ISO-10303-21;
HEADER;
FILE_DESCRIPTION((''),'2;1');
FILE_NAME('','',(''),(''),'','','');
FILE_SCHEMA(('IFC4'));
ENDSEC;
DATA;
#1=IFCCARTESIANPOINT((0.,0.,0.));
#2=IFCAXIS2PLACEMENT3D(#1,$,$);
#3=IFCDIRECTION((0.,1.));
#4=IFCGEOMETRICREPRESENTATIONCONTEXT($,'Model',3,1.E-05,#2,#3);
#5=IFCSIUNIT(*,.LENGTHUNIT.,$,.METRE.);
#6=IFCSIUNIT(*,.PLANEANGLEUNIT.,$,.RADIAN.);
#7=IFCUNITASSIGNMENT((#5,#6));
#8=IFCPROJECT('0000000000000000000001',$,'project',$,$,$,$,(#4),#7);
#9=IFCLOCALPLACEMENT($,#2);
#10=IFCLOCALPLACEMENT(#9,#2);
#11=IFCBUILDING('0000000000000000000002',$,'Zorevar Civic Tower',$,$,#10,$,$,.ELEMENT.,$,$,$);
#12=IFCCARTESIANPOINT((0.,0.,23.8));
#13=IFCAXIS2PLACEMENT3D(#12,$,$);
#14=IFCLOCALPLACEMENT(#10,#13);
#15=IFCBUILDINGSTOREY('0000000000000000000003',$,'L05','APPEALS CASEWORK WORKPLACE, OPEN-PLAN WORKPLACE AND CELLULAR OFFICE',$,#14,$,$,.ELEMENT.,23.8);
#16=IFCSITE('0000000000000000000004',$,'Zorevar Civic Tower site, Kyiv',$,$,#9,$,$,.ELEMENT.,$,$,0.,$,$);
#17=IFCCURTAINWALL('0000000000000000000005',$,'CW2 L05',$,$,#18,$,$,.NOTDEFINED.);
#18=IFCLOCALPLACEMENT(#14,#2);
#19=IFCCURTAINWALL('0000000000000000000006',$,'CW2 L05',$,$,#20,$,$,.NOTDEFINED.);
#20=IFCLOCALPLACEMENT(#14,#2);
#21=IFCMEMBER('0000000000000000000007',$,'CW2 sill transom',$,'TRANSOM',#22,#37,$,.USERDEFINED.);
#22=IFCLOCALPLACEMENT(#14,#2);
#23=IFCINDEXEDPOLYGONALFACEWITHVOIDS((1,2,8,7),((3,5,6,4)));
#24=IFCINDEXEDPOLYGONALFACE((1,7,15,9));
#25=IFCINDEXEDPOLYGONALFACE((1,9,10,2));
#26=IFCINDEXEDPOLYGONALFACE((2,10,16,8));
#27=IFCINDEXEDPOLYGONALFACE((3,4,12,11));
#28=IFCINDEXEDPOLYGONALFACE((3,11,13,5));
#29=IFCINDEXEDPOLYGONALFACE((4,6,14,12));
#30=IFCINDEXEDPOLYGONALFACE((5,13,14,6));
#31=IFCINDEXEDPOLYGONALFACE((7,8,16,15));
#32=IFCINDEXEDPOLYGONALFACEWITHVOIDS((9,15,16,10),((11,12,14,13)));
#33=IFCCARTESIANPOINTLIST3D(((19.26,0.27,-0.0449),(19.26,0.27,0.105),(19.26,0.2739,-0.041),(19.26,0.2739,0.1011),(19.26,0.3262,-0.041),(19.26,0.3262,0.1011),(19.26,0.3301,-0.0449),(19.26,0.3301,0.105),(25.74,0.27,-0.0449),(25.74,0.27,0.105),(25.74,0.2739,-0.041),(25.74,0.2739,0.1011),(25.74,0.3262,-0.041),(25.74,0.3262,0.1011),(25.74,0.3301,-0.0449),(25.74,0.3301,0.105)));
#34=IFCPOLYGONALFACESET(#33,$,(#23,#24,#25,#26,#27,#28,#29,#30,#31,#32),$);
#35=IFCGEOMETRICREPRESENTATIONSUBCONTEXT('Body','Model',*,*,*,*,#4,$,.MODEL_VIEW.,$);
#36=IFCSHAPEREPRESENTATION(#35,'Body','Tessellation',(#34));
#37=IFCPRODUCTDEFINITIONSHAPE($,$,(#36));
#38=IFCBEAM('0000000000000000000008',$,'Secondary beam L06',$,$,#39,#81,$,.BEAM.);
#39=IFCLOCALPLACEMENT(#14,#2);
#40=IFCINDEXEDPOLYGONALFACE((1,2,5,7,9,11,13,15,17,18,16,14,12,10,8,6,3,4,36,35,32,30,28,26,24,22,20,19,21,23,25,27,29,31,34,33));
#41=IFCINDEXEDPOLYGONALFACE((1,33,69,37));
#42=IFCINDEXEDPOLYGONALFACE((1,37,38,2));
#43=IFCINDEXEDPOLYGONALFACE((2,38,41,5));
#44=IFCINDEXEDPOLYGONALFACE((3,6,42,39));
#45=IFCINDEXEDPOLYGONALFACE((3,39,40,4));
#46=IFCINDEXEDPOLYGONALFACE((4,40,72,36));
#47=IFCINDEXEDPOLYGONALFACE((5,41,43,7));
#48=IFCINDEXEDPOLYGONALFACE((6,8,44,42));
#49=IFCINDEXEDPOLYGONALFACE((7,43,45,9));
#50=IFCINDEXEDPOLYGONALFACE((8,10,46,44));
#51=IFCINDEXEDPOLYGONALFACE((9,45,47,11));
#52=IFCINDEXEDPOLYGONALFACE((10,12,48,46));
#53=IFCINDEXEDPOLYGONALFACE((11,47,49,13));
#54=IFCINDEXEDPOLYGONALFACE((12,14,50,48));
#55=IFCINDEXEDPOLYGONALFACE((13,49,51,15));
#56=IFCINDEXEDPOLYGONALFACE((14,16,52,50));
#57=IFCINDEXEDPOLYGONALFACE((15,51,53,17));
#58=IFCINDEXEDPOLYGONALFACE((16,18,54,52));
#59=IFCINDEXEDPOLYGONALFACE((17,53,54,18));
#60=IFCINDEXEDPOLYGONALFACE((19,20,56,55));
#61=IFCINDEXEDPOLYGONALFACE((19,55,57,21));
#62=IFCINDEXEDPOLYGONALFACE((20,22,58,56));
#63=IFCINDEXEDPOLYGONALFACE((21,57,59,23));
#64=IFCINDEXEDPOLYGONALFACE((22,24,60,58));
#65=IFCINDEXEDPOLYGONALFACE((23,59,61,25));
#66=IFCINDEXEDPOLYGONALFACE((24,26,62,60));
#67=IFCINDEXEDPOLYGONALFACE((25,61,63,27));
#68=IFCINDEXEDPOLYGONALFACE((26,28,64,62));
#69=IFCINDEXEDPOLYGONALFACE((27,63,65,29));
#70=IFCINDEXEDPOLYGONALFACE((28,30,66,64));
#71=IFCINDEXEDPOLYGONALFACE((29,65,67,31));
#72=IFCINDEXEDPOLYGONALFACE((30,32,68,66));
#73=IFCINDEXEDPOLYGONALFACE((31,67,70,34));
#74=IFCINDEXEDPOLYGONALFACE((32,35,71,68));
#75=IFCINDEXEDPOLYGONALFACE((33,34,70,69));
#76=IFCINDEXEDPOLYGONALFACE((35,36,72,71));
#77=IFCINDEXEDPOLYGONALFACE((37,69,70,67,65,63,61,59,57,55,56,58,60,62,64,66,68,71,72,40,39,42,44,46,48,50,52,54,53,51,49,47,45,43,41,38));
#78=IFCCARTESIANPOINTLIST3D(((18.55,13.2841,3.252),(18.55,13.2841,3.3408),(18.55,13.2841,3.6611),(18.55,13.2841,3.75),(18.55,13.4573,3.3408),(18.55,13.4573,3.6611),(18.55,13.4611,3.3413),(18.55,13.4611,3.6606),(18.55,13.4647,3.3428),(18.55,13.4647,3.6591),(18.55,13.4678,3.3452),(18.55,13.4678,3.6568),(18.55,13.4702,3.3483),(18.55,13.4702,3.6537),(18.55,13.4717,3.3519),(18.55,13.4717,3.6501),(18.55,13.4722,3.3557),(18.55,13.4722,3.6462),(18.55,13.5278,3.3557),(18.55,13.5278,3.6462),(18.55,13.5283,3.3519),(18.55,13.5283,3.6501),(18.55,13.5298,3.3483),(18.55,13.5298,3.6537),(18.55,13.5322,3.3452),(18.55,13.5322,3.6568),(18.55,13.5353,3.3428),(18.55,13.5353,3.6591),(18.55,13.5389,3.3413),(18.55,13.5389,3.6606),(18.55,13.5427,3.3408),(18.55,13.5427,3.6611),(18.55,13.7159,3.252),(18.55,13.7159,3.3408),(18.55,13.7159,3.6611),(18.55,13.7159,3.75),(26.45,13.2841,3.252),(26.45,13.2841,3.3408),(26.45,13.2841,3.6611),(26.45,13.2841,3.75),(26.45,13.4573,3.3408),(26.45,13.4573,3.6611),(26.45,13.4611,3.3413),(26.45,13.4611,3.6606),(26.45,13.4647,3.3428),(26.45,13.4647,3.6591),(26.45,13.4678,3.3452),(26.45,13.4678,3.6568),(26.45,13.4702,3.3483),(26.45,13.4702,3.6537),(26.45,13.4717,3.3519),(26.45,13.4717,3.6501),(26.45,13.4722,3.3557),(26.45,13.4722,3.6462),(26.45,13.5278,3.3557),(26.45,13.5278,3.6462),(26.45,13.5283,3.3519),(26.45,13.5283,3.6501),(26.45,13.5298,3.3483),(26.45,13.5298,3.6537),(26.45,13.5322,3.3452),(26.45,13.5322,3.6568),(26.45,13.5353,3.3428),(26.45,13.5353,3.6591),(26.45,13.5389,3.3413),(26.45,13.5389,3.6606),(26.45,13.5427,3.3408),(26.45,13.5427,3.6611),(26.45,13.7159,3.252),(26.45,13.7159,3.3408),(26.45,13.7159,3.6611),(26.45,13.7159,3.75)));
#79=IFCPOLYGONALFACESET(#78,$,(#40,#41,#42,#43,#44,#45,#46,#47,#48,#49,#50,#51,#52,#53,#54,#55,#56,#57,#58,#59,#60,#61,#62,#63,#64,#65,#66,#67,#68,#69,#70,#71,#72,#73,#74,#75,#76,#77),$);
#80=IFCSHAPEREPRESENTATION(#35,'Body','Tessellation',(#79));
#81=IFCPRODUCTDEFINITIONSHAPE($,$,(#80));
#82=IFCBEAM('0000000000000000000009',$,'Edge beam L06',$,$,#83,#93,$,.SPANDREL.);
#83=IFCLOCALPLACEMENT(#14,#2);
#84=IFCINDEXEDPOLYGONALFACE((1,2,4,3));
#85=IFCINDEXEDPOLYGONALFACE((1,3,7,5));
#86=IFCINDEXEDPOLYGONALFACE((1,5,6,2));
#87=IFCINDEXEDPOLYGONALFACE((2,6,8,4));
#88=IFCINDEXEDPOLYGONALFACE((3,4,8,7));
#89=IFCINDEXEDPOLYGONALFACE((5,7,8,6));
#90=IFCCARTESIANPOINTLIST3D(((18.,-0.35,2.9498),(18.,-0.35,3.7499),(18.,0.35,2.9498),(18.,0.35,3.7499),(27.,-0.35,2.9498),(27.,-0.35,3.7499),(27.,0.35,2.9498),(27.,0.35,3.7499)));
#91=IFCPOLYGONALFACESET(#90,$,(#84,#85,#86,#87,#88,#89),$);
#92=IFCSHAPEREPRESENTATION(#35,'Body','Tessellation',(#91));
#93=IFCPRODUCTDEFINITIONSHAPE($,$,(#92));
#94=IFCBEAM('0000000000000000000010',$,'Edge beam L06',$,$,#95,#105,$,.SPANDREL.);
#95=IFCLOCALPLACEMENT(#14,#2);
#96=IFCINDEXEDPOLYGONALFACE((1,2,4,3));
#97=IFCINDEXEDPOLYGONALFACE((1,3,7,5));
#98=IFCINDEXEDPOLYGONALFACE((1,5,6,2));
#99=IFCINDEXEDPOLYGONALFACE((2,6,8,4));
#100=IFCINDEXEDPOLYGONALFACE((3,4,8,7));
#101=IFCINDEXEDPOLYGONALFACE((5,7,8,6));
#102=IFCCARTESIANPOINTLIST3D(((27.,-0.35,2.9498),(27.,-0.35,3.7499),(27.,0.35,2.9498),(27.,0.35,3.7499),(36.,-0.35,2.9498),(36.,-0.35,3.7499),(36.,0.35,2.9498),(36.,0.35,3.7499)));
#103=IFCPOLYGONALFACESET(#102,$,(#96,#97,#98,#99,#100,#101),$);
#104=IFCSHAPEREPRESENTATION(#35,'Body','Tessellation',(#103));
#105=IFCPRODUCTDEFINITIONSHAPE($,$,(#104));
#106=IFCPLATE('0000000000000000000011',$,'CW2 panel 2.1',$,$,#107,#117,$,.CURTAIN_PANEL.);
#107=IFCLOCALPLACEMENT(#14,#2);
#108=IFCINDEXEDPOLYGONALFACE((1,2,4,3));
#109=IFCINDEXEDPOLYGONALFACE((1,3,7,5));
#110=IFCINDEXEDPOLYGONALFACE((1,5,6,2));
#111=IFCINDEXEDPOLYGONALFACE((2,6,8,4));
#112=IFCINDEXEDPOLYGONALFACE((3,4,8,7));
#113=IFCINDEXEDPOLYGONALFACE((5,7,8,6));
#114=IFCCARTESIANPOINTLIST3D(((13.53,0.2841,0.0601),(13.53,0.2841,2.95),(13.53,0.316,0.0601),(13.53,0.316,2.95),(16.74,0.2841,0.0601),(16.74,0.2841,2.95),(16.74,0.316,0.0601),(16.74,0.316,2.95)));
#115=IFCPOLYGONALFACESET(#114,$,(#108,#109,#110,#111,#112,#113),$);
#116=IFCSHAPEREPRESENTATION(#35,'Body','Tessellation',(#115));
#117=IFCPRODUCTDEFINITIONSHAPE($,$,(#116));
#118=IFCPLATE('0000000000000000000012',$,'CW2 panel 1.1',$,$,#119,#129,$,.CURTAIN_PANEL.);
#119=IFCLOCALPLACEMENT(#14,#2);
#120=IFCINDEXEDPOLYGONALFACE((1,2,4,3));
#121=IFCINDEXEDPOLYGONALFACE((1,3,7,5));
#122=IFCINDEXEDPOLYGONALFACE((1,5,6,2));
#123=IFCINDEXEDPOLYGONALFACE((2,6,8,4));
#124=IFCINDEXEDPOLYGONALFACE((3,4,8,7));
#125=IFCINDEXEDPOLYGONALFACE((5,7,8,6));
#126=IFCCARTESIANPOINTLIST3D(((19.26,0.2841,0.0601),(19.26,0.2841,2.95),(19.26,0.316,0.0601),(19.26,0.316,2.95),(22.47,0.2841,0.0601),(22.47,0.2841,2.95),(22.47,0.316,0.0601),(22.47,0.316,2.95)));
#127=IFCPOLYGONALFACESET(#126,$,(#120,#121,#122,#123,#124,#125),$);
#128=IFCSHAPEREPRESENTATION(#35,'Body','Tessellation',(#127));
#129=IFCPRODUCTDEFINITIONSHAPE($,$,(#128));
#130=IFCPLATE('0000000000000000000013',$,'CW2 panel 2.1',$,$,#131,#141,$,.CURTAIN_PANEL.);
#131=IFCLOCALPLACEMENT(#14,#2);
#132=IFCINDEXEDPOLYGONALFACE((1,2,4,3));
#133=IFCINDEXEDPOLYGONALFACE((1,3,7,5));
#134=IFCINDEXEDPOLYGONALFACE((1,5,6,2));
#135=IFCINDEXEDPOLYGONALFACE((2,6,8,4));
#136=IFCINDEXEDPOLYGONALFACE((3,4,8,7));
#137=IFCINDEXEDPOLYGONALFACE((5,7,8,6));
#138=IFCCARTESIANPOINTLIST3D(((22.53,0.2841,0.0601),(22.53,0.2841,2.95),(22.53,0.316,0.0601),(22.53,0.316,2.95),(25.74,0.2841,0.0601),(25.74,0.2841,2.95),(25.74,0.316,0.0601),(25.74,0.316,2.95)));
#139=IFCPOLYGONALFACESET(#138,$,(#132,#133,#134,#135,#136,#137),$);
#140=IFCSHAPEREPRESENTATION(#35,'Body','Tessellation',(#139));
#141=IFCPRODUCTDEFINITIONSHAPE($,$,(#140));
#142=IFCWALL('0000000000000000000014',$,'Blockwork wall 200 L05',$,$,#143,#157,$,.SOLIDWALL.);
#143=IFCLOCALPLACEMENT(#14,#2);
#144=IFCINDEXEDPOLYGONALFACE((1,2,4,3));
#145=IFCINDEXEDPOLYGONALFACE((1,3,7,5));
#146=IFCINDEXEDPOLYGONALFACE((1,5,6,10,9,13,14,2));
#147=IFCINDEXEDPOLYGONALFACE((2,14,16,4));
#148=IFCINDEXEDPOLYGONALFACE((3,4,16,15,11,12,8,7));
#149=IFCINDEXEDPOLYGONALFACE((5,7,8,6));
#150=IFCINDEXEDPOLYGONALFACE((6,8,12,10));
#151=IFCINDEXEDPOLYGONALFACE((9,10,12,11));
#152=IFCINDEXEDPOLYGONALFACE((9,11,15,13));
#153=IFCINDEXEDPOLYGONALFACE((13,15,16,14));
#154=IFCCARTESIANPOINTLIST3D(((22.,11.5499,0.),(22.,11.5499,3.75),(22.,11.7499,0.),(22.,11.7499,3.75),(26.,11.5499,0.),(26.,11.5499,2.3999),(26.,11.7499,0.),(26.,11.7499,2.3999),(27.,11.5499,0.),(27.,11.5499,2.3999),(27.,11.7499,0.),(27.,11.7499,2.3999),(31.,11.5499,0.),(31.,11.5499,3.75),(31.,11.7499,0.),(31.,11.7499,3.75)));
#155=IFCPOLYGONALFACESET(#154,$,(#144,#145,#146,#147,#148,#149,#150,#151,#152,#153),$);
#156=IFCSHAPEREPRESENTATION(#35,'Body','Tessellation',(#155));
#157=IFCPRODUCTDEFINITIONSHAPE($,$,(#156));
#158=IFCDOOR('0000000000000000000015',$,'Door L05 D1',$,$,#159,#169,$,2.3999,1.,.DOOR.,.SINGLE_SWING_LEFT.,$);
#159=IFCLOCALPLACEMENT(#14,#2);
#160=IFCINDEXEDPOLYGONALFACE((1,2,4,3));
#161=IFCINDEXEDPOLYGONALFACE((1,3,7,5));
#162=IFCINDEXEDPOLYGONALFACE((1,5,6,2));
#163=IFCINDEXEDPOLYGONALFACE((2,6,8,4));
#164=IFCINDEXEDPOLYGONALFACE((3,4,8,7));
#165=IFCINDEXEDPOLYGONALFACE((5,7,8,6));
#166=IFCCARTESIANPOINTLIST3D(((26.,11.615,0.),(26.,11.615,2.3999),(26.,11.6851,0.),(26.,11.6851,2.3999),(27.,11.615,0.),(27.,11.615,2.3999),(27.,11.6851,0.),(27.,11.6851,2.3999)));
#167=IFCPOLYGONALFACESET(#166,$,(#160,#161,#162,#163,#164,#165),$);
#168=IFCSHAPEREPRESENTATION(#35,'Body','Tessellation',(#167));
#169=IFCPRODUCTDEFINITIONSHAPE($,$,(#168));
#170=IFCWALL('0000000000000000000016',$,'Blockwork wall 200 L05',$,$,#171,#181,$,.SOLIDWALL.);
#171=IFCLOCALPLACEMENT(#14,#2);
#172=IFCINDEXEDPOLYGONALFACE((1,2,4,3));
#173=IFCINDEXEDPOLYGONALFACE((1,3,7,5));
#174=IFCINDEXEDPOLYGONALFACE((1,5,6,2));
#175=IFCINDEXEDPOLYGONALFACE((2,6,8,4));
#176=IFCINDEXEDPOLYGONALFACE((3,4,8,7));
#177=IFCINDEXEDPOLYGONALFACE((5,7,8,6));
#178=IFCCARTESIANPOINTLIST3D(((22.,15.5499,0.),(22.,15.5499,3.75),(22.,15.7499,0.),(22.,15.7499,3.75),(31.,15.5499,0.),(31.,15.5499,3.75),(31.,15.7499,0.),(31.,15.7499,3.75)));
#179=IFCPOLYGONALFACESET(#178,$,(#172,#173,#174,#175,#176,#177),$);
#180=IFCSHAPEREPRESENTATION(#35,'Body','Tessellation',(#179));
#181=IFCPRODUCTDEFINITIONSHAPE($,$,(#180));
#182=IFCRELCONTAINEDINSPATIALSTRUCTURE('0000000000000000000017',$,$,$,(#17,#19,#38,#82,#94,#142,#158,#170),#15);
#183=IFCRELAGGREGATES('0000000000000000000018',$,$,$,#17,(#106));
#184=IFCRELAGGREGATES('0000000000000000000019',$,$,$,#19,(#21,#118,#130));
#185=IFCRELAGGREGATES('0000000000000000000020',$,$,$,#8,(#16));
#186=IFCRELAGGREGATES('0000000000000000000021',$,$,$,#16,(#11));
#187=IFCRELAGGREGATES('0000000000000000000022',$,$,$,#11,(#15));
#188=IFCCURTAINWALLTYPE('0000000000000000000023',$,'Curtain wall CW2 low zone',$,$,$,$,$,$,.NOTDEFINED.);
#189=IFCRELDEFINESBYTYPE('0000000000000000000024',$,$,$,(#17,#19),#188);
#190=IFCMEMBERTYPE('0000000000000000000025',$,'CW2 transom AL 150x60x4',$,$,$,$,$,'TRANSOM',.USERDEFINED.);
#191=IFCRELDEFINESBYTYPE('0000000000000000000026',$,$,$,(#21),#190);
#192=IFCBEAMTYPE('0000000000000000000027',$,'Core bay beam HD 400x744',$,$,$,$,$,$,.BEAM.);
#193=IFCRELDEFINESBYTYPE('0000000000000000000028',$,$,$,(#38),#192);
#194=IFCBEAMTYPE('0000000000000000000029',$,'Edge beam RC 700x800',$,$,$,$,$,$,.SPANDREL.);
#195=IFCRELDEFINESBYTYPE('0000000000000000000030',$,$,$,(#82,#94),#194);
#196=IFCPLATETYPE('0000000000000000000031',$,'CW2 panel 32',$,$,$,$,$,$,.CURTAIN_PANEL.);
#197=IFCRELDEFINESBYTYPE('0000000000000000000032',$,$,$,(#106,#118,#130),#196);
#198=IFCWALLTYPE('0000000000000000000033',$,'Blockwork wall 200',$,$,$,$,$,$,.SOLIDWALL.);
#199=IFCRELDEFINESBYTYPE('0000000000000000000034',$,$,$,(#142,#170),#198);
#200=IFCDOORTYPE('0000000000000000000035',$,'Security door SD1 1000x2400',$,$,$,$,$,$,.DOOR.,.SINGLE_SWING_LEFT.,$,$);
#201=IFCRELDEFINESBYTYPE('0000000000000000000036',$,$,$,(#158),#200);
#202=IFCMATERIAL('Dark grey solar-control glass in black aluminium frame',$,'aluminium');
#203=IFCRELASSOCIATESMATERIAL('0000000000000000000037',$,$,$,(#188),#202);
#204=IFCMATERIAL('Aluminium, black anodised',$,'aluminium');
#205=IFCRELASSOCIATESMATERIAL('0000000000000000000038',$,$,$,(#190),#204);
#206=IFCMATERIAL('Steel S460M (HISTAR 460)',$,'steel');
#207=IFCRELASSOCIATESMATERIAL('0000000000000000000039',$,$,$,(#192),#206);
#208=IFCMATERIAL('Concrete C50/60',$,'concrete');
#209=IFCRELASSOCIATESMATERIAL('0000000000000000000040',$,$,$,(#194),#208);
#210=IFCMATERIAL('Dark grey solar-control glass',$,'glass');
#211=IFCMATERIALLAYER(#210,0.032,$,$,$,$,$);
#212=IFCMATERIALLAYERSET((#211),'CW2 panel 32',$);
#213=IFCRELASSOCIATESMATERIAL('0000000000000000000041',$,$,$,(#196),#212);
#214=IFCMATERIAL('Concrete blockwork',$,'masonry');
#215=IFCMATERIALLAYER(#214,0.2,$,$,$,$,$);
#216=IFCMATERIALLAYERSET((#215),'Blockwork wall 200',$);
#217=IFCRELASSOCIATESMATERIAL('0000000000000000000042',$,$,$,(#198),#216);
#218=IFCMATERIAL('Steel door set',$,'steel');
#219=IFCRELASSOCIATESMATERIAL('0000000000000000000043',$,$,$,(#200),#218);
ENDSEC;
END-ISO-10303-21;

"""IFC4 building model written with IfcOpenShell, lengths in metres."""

from ifc_helpers import new_model, si_unit, direction, frame, frame_2d, origin, origin_2d, place, context, subcontext, project, spatial, rectangle, hollow_rectangle, i_section, extrude, material, layer, layer_set, material_profile, profile_set, type_object, element, fill, aggregate, save


model = new_model("IFC4")

# Units and contexts
model_context = context("Model", 3, precision=1e-05, world=origin(), true_north=direction((0.0, 1.0)))
body_context = subcontext(model_context, "Body", "Model", "MODEL_VIEW")
ifc_project = project(units=[si_unit("LENGTHUNIT", "METRE"), si_unit("PLANEANGLEUNIT", "RADIAN")], contexts=[model_context])

# Site, building, storey
site_placement = place(None, origin())
site = spatial("IfcSite", under=ifc_project, at=site_placement, Name="Zorevar Civic Tower site, Kyiv", CompositionType="ELEMENT", RefElevation=0.0)
building_placement = place(site_placement, origin())
building = spatial("IfcBuilding", under=site, at=building_placement, Name="Zorevar Civic Tower", CompositionType="ELEMENT")
storey_placement = place(building_placement, frame((0.0, 0.0, 23.8)))
storey = spatial("IfcBuildingStorey", under=building, at=storey_placement, Name="L05", Description="APPEALS CASEWORK WORKPLACE, OPEN-PLAN WORKPLACE AND CELLULAR OFFICE", CompositionType="ELEMENT", Elevation=23.8)

# Curtain wall
ifc_material_1 = material(Name="Dark grey solar-control glass in black aluminium frame", Category="aluminium")
curtain_wall_type = type_object("IfcCurtainWallType", Name="Curtain wall CW2 low zone", PredefinedType="NOTDEFINED", material=ifc_material_1)
curtain_wall_1_placement = place(storey_placement, origin())
curtain_wall_1 = element("IfcCurtainWall", 1, at=curtain_wall_1_placement, inside=storey, type_object=curtain_wall_type, Name="CW2 L05", PredefinedType="NOTDEFINED")

# Curtain wall, member
curtain_wall_2_placement = place(storey_placement, origin())
curtain_wall_2 = element("IfcCurtainWall", 2, at=curtain_wall_2_placement, inside=storey, type_object=curtain_wall_type, Name="CW2 L05", PredefinedType="NOTDEFINED")
ifc_material_2 = material(Name="Aluminium, black anodised", Category="aluminium")
ifc_material_profile_1 = material_profile(ifc_material_2, hollow_rectangle(XDim=0.0601, YDim=0.1499, WallThickness=0.0039, at=origin_2d()), Name="AL 150x60x4")
ifc_profile_set_1 = profile_set([ifc_material_profile_1], Name="Aluminium, black anodised")
member_type_1 = type_object("IfcMemberType", Name="CW2 transom AL 150x60x4", ElementType="TRANSOM", PredefinedType="USERDEFINED", material=ifc_profile_set_1)
member_1_placement = place(storey_placement, frame((19.26, 0.3, 0.03), z_axis=(1.0, 0.0, 0.0), x_axis=(0.0, 1.0, 0.0)))
member_1 = element("IfcMember", 3, at=member_1_placement, type_object=member_type_1, Name="CW2 sill transom", ObjectType="TRANSOM", PredefinedType="USERDEFINED", context=body_context, shape_type="SweptSolid", body=[
    extrude(hollow_rectangle(XDim=0.0601, YDim=0.1499, WallThickness=0.0039, at=origin_2d()), origin(), (0.0, 0.0, 1.0), 6.48),
])

# Beams
ifc_material_3 = material(Name="Steel S460M (HISTAR 460)", Category="steel")
ifc_material_profile_2 = material_profile(ifc_material_3, i_section(OverallWidth=0.4319, OverallDepth=0.498, WebThickness=0.0557, FlangeThickness=0.0889, FilletRadius=0.0149, at=origin_2d()), Name="HD 400x744")
ifc_profile_set_2 = profile_set([ifc_material_profile_2], Name="Steel S460M (HISTAR 460)")
beam_type_1 = type_object("IfcBeamType", Name="Core bay beam HD 400x744", PredefinedType="BEAM", material=ifc_profile_set_2)
beam_1_placement = place(storey_placement, frame((18.55, 13.5, 3.501), z_axis=(1.0, 0.0, 0.0), x_axis=(0.0, 1.0, 0.0)))
element("IfcBeam", 4, at=beam_1_placement, inside=storey, type_object=beam_type_1, Name="Secondary beam L06", PredefinedType="BEAM", context=body_context, shape_type="SweptSolid", body=[
    extrude(i_section(OverallWidth=0.4319, OverallDepth=0.498, WebThickness=0.0557, FlangeThickness=0.0889, FilletRadius=0.0149, at=origin_2d()), origin(), (0.0, 0.0, 1.0), 7.8999),
])
ifc_material_4 = material(Name="Concrete C50/60", Category="concrete")
ifc_material_profile_3 = material_profile(ifc_material_4, rectangle(XDim=0.7, YDim=0.8, at=origin_2d()), Name="RC 700x800")
ifc_profile_set_3 = profile_set([ifc_material_profile_3], Name="Concrete C50/60")
beam_type_2 = type_object("IfcBeamType", Name="Edge beam RC 700x800", PredefinedType="SPANDREL", material=ifc_profile_set_3)
for number, where, z_axis, x_axis, name in (
    (5, (18.0, 0.0, 3.3499), (1.0, 0.0, 0.0), (0.0, 1.0, 0.0), "Edge beam L06"),
    (6, (27.0, 0.0, 3.3499), (1.0, 0.0, 0.0), (0.0, 1.0, 0.0), "Edge beam L06"),
):
    element("IfcBeam", number, at=place(storey_placement, frame(where, z_axis=z_axis, x_axis=x_axis)), inside=storey, type_object=beam_type_2, Name=name, PredefinedType="SPANDREL", context=body_context, shape_type="SweptSolid", body=[
        extrude(rectangle(XDim=0.7, YDim=0.8, at=origin_2d()), origin(), (0.0, 0.0, 1.0), 9.0),
    ])

# Plates
ifc_material_5 = material(Name="Dark grey solar-control glass", Category="glass")
ifc_layer_1 = layer(ifc_material_5, 0.032)
ifc_layer_set_1 = layer_set([ifc_layer_1], Name="CW2 panel 32")
plate_type = type_object("IfcPlateType", Name="CW2 panel 32", PredefinedType="CURTAIN_PANEL", material=ifc_layer_set_1)
plate_1_placement = place(storey_placement, frame((15.135, 0.3, 0.0601), z_axis=(0.0, 0.0, 1.0), x_axis=(1.0, 0.0, 0.0)))
plate_1 = element("IfcPlate", 7, at=plate_1_placement, type_object=plate_type, Name="CW2 panel 2.1", PredefinedType="CURTAIN_PANEL", context=body_context, shape_type="SweptSolid", body=[
    extrude(rectangle(XDim=3.21, YDim=0.032, at=origin_2d()), origin(), (0.0, 0.0, 1.0), 2.8899),
])
aggregate(curtain_wall_1, [plate_1])
plate_2_placement = place(storey_placement, frame((20.865, 0.3, 0.0601), z_axis=(0.0, 0.0, 1.0), x_axis=(1.0, 0.0, 0.0)))
plate_2 = element("IfcPlate", 8, at=plate_2_placement, type_object=plate_type, Name="CW2 panel 1.1", PredefinedType="CURTAIN_PANEL", context=body_context, shape_type="SweptSolid", body=[
    extrude(rectangle(XDim=3.21, YDim=0.032, at=origin_2d()), origin(), (0.0, 0.0, 1.0), 2.8899),
])
plate_3_placement = place(storey_placement, frame((24.135, 0.3, 0.0601), z_axis=(0.0, 0.0, 1.0), x_axis=(1.0, 0.0, 0.0)))
plate_3 = element("IfcPlate", 9, at=plate_3_placement, type_object=plate_type, Name="CW2 panel 2.1", PredefinedType="CURTAIN_PANEL", context=body_context, shape_type="SweptSolid", body=[
    extrude(rectangle(XDim=3.21, YDim=0.032, at=origin_2d()), origin(), (0.0, 0.0, 1.0), 2.8899),
])
aggregate(curtain_wall_2, [member_1, plate_2, plate_3])

# Wall, opening, door
ifc_material_6 = material(Name="Concrete blockwork", Category="masonry")
ifc_layer_2 = layer(ifc_material_6, 0.2)
ifc_layer_set_2 = layer_set([ifc_layer_2], Name="Blockwork wall 200")
wall_type_1 = type_object("IfcWallType", Name="Blockwork wall 200", PredefinedType="SOLIDWALL", material=ifc_layer_set_2)
wall_1_placement = place(storey_placement, frame((22.0, 11.6499, 0.0), z_axis=(0.0, 0.0, 1.0), x_axis=(1.0, 0.0, 0.0)))
wall_1 = element("IfcWall", 10, at=wall_1_placement, inside=storey, type_object=wall_type_1, Name="Blockwork wall 200 L05", PredefinedType="SOLIDWALL", context=body_context, shape_type="SweptSolid", body=[
    extrude(rectangle(XDim=9.0, YDim=0.2, at=frame_2d((4.5, 0.0))), origin(), (0.0, 0.0, 1.0), 3.75),
])
opening_1_placement = place(wall_1_placement, frame((4.0, 0.0, 0.0)))
opening_1 = element("IfcOpeningElement", 11, at=opening_1_placement, cuts=wall_1, PredefinedType="OPENING", context=body_context, shape_type="SweptSolid", body=[
    extrude(rectangle(XDim=1.0, YDim=2.3999, at=frame_2d((0.5, 1.2))), frame((0.0, 0.1099, 0.0), z_axis=(0.0, -1.0, 0.0), x_axis=(1.0, 0.0, 0.0)), (0.0, 0.0, 1.0), 0.22),
])
ifc_material_7 = material(Name="Steel door set", Category="steel")
door_type_1 = type_object("IfcDoorType", Name="Security door SD1 1000x2400", OperationType="SINGLE_SWING_LEFT", PredefinedType="DOOR", material=ifc_material_7)
door_1_placement = place(opening_1_placement, origin())
door_1 = element("IfcDoor", 12, at=door_1_placement, inside=storey, type_object=door_type_1, Name="Door L05 D1", OperationType="SINGLE_SWING_LEFT", OverallHeight=2.3999, OverallWidth=1.0, PredefinedType="DOOR", context=body_context, shape_type="SweptSolid", body=[
    extrude(rectangle(XDim=1.0, YDim=2.3999, at=frame_2d((0.5, 1.2))), frame((0.0, 0.0352, 0.0), z_axis=(0.0, -1.0, 0.0), x_axis=(1.0, 0.0, 0.0)), (0.0, 0.0, 1.0), 0.0701),
])
fill(opening_1, door_1)

# Wall
wall_2_placement = place(storey_placement, frame((22.0, 15.6499, 0.0), z_axis=(0.0, 0.0, 1.0), x_axis=(1.0, 0.0, 0.0)))
element("IfcWall", 13, at=wall_2_placement, inside=storey, type_object=wall_type_1, Name="Blockwork wall 200 L05", PredefinedType="SOLIDWALL", context=body_context, shape_type="SweptSolid", body=[
    extrude(rectangle(XDim=9.0, YDim=0.2, at=frame_2d((4.5, 0.0))), origin(), (0.0, 0.0, 1.0), 3.75),
])

save(model, "model.ifc")
